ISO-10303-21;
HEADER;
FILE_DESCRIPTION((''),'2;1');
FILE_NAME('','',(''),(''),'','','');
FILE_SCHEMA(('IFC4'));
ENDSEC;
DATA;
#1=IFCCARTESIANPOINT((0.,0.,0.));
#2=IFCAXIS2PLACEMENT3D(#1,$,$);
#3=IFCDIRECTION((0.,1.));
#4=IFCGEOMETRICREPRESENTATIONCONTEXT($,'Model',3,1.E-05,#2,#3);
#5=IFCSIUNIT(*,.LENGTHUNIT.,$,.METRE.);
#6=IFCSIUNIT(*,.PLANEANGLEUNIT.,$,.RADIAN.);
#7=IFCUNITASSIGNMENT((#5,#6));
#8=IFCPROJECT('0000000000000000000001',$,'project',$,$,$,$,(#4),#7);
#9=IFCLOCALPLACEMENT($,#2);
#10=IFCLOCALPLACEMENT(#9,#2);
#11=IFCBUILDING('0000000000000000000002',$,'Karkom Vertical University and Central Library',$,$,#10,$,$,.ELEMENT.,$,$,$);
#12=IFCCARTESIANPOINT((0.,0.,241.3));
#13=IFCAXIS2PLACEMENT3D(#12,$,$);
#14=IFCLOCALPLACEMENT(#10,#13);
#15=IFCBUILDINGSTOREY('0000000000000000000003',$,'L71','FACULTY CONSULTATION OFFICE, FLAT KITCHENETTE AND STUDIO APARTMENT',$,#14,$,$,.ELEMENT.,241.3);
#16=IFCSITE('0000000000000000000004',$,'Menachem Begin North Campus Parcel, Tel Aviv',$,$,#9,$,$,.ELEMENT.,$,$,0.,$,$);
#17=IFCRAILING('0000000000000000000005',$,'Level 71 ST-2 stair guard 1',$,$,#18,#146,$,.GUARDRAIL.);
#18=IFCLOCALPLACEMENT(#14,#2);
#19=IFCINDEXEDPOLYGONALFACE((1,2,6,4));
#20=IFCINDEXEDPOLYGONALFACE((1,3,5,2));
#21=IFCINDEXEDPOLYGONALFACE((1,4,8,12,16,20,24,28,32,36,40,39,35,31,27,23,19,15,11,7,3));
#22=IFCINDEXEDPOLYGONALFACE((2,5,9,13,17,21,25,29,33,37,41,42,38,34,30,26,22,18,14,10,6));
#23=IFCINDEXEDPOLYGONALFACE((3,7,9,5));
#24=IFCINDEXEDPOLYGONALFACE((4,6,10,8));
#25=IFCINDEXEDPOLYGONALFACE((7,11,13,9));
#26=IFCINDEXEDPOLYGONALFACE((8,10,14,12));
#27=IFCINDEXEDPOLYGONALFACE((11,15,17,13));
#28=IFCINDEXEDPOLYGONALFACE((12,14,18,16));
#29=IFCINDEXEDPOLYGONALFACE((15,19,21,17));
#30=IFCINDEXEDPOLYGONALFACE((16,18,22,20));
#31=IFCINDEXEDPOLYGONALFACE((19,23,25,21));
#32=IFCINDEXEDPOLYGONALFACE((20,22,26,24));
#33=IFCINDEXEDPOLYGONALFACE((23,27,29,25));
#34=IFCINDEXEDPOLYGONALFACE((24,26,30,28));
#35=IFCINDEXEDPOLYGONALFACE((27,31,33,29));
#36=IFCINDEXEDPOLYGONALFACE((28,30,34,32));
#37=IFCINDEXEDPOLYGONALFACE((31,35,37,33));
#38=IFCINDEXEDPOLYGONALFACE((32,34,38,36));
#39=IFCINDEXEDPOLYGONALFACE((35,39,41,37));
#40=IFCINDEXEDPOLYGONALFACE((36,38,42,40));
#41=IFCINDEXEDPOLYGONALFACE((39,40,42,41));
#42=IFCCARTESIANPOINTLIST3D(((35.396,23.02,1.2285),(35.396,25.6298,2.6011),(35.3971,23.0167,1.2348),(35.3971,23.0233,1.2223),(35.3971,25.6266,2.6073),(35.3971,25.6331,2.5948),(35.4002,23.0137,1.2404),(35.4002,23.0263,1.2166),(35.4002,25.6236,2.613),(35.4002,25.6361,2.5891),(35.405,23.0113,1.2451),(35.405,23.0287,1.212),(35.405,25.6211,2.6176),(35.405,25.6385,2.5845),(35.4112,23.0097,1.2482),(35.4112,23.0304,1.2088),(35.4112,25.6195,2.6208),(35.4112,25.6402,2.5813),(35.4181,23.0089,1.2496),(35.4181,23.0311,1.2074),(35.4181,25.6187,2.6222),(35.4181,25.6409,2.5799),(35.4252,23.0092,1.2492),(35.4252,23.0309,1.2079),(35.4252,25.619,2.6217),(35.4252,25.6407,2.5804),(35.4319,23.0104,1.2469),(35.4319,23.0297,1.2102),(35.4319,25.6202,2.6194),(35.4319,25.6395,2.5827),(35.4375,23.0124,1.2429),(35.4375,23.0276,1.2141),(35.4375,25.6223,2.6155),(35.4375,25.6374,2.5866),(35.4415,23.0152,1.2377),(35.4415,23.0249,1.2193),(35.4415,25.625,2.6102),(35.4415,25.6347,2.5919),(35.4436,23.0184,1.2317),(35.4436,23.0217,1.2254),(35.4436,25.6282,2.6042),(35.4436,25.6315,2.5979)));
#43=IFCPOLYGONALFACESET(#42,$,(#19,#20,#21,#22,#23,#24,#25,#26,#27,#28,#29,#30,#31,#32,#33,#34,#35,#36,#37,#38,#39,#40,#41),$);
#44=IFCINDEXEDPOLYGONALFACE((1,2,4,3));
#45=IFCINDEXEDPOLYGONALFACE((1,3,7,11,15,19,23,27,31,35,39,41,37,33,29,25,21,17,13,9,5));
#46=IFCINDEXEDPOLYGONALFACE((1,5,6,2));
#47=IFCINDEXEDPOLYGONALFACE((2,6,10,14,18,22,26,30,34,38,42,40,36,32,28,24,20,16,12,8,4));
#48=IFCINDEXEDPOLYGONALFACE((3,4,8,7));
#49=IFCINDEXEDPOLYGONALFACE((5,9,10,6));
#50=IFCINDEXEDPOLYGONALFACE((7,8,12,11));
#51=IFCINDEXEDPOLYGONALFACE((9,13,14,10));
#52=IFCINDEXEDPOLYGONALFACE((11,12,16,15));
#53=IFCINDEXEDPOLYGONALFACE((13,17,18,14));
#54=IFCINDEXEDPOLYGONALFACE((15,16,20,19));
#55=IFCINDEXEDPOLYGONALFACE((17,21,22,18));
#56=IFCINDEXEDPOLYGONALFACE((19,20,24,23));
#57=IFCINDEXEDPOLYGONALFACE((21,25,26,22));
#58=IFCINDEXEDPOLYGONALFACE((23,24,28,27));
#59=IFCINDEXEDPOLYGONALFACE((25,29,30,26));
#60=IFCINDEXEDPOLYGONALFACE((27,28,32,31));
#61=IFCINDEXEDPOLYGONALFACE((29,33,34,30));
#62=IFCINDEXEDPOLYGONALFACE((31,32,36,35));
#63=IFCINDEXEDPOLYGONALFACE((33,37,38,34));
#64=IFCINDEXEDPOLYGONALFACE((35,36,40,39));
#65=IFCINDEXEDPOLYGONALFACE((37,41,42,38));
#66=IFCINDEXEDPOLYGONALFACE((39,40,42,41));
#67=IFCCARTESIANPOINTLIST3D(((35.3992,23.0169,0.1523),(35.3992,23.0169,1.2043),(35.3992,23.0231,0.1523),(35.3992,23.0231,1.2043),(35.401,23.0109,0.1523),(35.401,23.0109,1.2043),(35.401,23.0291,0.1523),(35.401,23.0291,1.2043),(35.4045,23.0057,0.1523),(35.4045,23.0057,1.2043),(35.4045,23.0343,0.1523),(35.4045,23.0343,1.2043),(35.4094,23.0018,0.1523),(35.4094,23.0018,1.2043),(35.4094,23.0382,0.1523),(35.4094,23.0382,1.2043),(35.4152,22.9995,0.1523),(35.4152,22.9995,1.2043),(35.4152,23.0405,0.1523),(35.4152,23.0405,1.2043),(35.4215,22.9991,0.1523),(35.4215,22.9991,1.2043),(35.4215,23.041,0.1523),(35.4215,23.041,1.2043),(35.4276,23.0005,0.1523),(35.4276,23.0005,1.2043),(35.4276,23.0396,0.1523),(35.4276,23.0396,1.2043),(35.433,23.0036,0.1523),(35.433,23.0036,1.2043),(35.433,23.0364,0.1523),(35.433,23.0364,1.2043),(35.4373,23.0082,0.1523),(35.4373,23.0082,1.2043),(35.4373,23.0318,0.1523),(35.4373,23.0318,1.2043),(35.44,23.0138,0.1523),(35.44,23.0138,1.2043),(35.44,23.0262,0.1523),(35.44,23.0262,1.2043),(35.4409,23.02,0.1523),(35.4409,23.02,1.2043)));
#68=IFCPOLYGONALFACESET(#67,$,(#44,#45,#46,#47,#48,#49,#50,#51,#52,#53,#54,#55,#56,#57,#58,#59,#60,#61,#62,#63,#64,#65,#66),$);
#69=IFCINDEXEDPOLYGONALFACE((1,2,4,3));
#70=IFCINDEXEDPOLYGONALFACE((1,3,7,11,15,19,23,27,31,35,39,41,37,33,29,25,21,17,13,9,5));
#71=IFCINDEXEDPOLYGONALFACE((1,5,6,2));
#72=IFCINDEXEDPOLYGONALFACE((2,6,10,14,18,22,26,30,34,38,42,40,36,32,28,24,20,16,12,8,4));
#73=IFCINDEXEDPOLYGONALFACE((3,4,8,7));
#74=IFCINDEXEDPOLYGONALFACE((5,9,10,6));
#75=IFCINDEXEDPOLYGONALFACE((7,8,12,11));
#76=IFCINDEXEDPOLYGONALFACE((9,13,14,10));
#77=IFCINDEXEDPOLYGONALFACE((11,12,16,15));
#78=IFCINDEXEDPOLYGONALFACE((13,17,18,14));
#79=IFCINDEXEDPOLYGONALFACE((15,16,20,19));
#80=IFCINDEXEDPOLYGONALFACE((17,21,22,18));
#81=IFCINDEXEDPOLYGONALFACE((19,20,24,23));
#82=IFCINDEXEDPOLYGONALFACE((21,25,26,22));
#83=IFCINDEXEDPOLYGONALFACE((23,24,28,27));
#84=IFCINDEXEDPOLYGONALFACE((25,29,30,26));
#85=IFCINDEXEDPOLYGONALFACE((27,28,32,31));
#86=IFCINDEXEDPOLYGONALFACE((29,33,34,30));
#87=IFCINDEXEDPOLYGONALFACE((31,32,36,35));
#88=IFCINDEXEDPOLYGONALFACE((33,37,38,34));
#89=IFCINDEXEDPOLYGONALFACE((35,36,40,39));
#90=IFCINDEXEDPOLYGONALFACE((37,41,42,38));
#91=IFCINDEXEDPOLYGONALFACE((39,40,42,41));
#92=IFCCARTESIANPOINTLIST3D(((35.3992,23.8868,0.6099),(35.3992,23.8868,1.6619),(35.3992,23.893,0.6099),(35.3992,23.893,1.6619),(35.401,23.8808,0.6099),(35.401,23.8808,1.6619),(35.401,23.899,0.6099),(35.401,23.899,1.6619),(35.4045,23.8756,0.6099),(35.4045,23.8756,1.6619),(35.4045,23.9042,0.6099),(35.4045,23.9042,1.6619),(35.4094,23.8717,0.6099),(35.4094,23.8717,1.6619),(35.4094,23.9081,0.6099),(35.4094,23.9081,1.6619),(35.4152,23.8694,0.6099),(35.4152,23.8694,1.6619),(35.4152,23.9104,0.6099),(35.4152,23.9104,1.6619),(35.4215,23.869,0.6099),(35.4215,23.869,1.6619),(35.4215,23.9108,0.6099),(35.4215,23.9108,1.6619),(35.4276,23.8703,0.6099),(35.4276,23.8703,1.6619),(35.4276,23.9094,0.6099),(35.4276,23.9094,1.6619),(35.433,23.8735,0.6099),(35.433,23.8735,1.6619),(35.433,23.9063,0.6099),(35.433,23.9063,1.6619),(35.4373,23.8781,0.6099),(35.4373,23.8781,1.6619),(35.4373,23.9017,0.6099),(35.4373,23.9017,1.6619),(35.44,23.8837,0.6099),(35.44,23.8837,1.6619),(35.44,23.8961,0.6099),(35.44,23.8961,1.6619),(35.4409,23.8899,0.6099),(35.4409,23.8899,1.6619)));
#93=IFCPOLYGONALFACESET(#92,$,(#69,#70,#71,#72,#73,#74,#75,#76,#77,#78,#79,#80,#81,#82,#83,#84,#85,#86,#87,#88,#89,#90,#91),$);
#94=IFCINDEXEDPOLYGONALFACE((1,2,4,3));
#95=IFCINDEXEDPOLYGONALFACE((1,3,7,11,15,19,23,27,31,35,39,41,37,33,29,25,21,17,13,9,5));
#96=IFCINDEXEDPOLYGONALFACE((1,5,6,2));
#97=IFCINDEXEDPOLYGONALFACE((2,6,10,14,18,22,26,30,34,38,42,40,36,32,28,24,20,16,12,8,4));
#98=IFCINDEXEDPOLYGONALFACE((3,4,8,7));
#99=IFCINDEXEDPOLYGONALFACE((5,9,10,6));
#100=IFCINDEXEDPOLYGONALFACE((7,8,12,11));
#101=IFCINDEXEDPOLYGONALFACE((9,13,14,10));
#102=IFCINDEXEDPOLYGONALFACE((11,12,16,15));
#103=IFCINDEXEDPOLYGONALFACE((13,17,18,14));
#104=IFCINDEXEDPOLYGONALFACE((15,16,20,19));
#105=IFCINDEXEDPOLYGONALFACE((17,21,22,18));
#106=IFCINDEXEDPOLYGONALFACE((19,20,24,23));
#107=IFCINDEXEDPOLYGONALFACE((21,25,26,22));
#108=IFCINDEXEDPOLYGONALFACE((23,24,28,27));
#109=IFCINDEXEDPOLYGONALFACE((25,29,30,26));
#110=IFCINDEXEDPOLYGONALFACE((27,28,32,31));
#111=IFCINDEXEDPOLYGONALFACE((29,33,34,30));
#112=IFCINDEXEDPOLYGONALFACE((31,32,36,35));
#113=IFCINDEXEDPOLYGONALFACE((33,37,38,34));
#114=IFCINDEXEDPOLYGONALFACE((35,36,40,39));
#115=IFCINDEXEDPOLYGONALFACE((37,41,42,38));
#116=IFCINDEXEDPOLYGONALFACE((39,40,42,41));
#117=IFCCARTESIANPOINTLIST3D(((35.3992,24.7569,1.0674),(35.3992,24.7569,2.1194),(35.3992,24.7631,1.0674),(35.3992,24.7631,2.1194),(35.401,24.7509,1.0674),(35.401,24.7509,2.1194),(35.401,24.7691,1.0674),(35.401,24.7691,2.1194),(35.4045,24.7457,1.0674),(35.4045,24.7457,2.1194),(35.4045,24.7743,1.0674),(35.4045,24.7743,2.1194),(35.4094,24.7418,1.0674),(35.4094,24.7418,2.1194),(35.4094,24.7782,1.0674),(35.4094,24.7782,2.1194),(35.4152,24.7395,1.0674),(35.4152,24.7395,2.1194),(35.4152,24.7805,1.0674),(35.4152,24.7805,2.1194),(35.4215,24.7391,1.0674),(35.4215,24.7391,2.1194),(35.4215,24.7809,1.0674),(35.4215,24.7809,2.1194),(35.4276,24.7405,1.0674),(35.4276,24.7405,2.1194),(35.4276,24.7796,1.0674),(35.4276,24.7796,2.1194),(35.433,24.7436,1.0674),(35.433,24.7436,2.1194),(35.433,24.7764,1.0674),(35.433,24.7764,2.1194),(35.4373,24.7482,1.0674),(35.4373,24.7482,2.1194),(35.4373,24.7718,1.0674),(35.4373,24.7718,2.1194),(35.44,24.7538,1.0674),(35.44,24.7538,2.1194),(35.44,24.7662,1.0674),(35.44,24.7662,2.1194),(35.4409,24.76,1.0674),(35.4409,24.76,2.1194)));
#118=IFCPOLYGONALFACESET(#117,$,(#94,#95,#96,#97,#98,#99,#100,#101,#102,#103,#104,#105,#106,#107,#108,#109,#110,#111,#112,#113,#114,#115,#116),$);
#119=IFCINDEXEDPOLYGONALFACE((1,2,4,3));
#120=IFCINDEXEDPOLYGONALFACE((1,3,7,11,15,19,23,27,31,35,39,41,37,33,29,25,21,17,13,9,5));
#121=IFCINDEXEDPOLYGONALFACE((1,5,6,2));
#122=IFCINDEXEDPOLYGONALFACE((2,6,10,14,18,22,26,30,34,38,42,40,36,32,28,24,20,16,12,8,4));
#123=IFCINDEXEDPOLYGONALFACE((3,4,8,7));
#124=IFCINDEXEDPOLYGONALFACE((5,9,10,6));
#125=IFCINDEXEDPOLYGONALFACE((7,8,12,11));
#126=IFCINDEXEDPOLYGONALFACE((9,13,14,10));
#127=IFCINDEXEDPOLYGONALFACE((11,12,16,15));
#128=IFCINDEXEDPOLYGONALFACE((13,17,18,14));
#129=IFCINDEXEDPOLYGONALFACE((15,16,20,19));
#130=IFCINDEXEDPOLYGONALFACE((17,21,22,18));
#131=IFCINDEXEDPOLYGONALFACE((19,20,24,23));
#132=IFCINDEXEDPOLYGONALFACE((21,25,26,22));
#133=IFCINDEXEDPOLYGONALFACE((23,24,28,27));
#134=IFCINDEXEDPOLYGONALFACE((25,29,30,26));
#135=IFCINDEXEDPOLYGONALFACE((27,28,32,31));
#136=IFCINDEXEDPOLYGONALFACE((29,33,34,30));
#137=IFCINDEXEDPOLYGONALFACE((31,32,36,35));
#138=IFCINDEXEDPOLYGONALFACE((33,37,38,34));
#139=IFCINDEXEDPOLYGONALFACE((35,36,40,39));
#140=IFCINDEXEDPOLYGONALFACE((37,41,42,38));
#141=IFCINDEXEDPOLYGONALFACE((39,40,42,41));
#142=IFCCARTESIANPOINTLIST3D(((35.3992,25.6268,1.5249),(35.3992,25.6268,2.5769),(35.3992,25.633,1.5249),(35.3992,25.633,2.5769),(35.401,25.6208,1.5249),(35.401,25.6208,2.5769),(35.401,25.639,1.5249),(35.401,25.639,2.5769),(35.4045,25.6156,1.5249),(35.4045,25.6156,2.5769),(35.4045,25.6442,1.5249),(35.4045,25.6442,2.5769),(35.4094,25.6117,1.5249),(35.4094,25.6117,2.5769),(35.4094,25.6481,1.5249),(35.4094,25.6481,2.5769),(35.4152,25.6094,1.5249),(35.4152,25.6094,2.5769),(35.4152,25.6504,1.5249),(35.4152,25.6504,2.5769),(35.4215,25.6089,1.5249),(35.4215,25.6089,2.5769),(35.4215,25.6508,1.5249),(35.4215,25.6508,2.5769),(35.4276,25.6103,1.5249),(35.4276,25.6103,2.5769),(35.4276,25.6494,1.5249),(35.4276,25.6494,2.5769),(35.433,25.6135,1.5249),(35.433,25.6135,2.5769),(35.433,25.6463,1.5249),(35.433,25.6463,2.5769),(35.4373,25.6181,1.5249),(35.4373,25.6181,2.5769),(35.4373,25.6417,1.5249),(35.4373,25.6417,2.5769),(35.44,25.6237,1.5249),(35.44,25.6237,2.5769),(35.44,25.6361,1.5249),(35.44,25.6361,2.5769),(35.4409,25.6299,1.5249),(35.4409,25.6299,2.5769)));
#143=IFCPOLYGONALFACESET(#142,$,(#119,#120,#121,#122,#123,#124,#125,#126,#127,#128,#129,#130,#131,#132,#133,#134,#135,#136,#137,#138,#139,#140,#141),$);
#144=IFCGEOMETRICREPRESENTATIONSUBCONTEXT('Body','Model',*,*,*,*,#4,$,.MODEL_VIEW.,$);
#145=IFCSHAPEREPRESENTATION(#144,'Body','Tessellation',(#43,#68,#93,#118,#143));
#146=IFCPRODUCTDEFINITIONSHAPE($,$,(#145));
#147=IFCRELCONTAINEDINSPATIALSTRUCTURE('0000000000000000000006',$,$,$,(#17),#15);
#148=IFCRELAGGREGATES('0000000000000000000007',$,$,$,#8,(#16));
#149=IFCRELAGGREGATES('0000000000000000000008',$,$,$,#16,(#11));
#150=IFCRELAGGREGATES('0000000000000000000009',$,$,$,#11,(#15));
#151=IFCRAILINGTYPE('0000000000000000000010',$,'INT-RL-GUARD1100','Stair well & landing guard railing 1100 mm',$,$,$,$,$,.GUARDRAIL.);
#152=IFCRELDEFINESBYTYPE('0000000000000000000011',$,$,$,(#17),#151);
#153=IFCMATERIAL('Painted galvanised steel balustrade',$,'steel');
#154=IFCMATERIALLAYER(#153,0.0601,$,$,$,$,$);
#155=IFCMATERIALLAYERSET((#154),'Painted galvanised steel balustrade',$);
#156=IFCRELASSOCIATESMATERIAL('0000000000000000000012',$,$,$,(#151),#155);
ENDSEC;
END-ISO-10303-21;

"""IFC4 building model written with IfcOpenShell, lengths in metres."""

from ifc_helpers import new_model, si_unit, direction, frame, origin, origin_2d, place, context, subcontext, project, spatial, circle, extrude, material, layer, layer_set, type_object, element, save


model = new_model("IFC4")

# Units and contexts
model_context = context("Model", 3, precision=1e-05, world=origin(), true_north=direction((0.0, 1.0)))
body_context = subcontext(model_context, "Body", "Model", "MODEL_VIEW")
ifc_project = project(units=[si_unit("LENGTHUNIT", "METRE"), si_unit("PLANEANGLEUNIT", "RADIAN")], contexts=[model_context])

# Site, building, storey
site_placement = place(None, origin())
site = spatial("IfcSite", under=ifc_project, at=site_placement, Name="Menachem Begin North Campus Parcel, Tel Aviv", CompositionType="ELEMENT", RefElevation=0.0)
building_placement = place(site_placement, origin())
building = spatial("IfcBuilding", under=site, at=building_placement, Name="Karkom Vertical University and Central Library", CompositionType="ELEMENT")
storey_placement = place(building_placement, frame((0.0, 0.0, 241.3)))
storey = spatial("IfcBuildingStorey", under=building, at=storey_placement, Name="L71", Description="FACULTY CONSULTATION OFFICE, FLAT KITCHENETTE AND STUDIO APARTMENT", CompositionType="ELEMENT", Elevation=241.3)

# Railing
ifc_material_1 = material(Name="Painted galvanised steel balustrade", Category="steel")
ifc_layer_1 = layer(ifc_material_1, 0.0601)
ifc_layer_set_1 = layer_set([ifc_layer_1], Name="Painted galvanised steel balustrade")
railing_type_1 = type_object("IfcRailingType", Name="INT-RL-GUARD1100", Description="Stair well & landing guard railing 1100 mm", PredefinedType="GUARDRAIL", material=ifc_layer_set_1)
railing_1_placement = place(storey_placement, frame((35.4199, 23.02, 0.1523)))
element("IfcRailing", 1, at=railing_1_placement, inside=storey, type_object=railing_type_1, Name="Level 71 ST-2 stair guard 1", PredefinedType="GUARDRAIL", context=body_context, shape_type="SweptSolid", body=[
    extrude(circle(Radius=0.0239, at=origin_2d()), frame((0.0, 0.0, 1.0762), z_axis=(0.0, 0.885065, 0.465467), x_axis=(-1.0, 0.0, 0.0)), (0.0, 0.0, 1.0), 2.9487),
    extrude(circle(Radius=0.021, at=origin_2d()), origin(), (0.0, 0.0, 1.0), 1.052),
    extrude(circle(Radius=0.021, at=origin_2d()), frame((0.0, 0.8699, 0.4575)), (0.0, 0.0, 1.0), 1.052),
    extrude(circle(Radius=0.021, at=origin_2d()), frame((0.0, 1.74, 0.915)), (0.0, 0.0, 1.0), 1.052),
    extrude(circle(Radius=0.021, at=origin_2d()), frame((0.0, 2.6099, 1.3726)), (0.0, 0.0, 1.0), 1.052),
])

save(model, "model.ifc")
